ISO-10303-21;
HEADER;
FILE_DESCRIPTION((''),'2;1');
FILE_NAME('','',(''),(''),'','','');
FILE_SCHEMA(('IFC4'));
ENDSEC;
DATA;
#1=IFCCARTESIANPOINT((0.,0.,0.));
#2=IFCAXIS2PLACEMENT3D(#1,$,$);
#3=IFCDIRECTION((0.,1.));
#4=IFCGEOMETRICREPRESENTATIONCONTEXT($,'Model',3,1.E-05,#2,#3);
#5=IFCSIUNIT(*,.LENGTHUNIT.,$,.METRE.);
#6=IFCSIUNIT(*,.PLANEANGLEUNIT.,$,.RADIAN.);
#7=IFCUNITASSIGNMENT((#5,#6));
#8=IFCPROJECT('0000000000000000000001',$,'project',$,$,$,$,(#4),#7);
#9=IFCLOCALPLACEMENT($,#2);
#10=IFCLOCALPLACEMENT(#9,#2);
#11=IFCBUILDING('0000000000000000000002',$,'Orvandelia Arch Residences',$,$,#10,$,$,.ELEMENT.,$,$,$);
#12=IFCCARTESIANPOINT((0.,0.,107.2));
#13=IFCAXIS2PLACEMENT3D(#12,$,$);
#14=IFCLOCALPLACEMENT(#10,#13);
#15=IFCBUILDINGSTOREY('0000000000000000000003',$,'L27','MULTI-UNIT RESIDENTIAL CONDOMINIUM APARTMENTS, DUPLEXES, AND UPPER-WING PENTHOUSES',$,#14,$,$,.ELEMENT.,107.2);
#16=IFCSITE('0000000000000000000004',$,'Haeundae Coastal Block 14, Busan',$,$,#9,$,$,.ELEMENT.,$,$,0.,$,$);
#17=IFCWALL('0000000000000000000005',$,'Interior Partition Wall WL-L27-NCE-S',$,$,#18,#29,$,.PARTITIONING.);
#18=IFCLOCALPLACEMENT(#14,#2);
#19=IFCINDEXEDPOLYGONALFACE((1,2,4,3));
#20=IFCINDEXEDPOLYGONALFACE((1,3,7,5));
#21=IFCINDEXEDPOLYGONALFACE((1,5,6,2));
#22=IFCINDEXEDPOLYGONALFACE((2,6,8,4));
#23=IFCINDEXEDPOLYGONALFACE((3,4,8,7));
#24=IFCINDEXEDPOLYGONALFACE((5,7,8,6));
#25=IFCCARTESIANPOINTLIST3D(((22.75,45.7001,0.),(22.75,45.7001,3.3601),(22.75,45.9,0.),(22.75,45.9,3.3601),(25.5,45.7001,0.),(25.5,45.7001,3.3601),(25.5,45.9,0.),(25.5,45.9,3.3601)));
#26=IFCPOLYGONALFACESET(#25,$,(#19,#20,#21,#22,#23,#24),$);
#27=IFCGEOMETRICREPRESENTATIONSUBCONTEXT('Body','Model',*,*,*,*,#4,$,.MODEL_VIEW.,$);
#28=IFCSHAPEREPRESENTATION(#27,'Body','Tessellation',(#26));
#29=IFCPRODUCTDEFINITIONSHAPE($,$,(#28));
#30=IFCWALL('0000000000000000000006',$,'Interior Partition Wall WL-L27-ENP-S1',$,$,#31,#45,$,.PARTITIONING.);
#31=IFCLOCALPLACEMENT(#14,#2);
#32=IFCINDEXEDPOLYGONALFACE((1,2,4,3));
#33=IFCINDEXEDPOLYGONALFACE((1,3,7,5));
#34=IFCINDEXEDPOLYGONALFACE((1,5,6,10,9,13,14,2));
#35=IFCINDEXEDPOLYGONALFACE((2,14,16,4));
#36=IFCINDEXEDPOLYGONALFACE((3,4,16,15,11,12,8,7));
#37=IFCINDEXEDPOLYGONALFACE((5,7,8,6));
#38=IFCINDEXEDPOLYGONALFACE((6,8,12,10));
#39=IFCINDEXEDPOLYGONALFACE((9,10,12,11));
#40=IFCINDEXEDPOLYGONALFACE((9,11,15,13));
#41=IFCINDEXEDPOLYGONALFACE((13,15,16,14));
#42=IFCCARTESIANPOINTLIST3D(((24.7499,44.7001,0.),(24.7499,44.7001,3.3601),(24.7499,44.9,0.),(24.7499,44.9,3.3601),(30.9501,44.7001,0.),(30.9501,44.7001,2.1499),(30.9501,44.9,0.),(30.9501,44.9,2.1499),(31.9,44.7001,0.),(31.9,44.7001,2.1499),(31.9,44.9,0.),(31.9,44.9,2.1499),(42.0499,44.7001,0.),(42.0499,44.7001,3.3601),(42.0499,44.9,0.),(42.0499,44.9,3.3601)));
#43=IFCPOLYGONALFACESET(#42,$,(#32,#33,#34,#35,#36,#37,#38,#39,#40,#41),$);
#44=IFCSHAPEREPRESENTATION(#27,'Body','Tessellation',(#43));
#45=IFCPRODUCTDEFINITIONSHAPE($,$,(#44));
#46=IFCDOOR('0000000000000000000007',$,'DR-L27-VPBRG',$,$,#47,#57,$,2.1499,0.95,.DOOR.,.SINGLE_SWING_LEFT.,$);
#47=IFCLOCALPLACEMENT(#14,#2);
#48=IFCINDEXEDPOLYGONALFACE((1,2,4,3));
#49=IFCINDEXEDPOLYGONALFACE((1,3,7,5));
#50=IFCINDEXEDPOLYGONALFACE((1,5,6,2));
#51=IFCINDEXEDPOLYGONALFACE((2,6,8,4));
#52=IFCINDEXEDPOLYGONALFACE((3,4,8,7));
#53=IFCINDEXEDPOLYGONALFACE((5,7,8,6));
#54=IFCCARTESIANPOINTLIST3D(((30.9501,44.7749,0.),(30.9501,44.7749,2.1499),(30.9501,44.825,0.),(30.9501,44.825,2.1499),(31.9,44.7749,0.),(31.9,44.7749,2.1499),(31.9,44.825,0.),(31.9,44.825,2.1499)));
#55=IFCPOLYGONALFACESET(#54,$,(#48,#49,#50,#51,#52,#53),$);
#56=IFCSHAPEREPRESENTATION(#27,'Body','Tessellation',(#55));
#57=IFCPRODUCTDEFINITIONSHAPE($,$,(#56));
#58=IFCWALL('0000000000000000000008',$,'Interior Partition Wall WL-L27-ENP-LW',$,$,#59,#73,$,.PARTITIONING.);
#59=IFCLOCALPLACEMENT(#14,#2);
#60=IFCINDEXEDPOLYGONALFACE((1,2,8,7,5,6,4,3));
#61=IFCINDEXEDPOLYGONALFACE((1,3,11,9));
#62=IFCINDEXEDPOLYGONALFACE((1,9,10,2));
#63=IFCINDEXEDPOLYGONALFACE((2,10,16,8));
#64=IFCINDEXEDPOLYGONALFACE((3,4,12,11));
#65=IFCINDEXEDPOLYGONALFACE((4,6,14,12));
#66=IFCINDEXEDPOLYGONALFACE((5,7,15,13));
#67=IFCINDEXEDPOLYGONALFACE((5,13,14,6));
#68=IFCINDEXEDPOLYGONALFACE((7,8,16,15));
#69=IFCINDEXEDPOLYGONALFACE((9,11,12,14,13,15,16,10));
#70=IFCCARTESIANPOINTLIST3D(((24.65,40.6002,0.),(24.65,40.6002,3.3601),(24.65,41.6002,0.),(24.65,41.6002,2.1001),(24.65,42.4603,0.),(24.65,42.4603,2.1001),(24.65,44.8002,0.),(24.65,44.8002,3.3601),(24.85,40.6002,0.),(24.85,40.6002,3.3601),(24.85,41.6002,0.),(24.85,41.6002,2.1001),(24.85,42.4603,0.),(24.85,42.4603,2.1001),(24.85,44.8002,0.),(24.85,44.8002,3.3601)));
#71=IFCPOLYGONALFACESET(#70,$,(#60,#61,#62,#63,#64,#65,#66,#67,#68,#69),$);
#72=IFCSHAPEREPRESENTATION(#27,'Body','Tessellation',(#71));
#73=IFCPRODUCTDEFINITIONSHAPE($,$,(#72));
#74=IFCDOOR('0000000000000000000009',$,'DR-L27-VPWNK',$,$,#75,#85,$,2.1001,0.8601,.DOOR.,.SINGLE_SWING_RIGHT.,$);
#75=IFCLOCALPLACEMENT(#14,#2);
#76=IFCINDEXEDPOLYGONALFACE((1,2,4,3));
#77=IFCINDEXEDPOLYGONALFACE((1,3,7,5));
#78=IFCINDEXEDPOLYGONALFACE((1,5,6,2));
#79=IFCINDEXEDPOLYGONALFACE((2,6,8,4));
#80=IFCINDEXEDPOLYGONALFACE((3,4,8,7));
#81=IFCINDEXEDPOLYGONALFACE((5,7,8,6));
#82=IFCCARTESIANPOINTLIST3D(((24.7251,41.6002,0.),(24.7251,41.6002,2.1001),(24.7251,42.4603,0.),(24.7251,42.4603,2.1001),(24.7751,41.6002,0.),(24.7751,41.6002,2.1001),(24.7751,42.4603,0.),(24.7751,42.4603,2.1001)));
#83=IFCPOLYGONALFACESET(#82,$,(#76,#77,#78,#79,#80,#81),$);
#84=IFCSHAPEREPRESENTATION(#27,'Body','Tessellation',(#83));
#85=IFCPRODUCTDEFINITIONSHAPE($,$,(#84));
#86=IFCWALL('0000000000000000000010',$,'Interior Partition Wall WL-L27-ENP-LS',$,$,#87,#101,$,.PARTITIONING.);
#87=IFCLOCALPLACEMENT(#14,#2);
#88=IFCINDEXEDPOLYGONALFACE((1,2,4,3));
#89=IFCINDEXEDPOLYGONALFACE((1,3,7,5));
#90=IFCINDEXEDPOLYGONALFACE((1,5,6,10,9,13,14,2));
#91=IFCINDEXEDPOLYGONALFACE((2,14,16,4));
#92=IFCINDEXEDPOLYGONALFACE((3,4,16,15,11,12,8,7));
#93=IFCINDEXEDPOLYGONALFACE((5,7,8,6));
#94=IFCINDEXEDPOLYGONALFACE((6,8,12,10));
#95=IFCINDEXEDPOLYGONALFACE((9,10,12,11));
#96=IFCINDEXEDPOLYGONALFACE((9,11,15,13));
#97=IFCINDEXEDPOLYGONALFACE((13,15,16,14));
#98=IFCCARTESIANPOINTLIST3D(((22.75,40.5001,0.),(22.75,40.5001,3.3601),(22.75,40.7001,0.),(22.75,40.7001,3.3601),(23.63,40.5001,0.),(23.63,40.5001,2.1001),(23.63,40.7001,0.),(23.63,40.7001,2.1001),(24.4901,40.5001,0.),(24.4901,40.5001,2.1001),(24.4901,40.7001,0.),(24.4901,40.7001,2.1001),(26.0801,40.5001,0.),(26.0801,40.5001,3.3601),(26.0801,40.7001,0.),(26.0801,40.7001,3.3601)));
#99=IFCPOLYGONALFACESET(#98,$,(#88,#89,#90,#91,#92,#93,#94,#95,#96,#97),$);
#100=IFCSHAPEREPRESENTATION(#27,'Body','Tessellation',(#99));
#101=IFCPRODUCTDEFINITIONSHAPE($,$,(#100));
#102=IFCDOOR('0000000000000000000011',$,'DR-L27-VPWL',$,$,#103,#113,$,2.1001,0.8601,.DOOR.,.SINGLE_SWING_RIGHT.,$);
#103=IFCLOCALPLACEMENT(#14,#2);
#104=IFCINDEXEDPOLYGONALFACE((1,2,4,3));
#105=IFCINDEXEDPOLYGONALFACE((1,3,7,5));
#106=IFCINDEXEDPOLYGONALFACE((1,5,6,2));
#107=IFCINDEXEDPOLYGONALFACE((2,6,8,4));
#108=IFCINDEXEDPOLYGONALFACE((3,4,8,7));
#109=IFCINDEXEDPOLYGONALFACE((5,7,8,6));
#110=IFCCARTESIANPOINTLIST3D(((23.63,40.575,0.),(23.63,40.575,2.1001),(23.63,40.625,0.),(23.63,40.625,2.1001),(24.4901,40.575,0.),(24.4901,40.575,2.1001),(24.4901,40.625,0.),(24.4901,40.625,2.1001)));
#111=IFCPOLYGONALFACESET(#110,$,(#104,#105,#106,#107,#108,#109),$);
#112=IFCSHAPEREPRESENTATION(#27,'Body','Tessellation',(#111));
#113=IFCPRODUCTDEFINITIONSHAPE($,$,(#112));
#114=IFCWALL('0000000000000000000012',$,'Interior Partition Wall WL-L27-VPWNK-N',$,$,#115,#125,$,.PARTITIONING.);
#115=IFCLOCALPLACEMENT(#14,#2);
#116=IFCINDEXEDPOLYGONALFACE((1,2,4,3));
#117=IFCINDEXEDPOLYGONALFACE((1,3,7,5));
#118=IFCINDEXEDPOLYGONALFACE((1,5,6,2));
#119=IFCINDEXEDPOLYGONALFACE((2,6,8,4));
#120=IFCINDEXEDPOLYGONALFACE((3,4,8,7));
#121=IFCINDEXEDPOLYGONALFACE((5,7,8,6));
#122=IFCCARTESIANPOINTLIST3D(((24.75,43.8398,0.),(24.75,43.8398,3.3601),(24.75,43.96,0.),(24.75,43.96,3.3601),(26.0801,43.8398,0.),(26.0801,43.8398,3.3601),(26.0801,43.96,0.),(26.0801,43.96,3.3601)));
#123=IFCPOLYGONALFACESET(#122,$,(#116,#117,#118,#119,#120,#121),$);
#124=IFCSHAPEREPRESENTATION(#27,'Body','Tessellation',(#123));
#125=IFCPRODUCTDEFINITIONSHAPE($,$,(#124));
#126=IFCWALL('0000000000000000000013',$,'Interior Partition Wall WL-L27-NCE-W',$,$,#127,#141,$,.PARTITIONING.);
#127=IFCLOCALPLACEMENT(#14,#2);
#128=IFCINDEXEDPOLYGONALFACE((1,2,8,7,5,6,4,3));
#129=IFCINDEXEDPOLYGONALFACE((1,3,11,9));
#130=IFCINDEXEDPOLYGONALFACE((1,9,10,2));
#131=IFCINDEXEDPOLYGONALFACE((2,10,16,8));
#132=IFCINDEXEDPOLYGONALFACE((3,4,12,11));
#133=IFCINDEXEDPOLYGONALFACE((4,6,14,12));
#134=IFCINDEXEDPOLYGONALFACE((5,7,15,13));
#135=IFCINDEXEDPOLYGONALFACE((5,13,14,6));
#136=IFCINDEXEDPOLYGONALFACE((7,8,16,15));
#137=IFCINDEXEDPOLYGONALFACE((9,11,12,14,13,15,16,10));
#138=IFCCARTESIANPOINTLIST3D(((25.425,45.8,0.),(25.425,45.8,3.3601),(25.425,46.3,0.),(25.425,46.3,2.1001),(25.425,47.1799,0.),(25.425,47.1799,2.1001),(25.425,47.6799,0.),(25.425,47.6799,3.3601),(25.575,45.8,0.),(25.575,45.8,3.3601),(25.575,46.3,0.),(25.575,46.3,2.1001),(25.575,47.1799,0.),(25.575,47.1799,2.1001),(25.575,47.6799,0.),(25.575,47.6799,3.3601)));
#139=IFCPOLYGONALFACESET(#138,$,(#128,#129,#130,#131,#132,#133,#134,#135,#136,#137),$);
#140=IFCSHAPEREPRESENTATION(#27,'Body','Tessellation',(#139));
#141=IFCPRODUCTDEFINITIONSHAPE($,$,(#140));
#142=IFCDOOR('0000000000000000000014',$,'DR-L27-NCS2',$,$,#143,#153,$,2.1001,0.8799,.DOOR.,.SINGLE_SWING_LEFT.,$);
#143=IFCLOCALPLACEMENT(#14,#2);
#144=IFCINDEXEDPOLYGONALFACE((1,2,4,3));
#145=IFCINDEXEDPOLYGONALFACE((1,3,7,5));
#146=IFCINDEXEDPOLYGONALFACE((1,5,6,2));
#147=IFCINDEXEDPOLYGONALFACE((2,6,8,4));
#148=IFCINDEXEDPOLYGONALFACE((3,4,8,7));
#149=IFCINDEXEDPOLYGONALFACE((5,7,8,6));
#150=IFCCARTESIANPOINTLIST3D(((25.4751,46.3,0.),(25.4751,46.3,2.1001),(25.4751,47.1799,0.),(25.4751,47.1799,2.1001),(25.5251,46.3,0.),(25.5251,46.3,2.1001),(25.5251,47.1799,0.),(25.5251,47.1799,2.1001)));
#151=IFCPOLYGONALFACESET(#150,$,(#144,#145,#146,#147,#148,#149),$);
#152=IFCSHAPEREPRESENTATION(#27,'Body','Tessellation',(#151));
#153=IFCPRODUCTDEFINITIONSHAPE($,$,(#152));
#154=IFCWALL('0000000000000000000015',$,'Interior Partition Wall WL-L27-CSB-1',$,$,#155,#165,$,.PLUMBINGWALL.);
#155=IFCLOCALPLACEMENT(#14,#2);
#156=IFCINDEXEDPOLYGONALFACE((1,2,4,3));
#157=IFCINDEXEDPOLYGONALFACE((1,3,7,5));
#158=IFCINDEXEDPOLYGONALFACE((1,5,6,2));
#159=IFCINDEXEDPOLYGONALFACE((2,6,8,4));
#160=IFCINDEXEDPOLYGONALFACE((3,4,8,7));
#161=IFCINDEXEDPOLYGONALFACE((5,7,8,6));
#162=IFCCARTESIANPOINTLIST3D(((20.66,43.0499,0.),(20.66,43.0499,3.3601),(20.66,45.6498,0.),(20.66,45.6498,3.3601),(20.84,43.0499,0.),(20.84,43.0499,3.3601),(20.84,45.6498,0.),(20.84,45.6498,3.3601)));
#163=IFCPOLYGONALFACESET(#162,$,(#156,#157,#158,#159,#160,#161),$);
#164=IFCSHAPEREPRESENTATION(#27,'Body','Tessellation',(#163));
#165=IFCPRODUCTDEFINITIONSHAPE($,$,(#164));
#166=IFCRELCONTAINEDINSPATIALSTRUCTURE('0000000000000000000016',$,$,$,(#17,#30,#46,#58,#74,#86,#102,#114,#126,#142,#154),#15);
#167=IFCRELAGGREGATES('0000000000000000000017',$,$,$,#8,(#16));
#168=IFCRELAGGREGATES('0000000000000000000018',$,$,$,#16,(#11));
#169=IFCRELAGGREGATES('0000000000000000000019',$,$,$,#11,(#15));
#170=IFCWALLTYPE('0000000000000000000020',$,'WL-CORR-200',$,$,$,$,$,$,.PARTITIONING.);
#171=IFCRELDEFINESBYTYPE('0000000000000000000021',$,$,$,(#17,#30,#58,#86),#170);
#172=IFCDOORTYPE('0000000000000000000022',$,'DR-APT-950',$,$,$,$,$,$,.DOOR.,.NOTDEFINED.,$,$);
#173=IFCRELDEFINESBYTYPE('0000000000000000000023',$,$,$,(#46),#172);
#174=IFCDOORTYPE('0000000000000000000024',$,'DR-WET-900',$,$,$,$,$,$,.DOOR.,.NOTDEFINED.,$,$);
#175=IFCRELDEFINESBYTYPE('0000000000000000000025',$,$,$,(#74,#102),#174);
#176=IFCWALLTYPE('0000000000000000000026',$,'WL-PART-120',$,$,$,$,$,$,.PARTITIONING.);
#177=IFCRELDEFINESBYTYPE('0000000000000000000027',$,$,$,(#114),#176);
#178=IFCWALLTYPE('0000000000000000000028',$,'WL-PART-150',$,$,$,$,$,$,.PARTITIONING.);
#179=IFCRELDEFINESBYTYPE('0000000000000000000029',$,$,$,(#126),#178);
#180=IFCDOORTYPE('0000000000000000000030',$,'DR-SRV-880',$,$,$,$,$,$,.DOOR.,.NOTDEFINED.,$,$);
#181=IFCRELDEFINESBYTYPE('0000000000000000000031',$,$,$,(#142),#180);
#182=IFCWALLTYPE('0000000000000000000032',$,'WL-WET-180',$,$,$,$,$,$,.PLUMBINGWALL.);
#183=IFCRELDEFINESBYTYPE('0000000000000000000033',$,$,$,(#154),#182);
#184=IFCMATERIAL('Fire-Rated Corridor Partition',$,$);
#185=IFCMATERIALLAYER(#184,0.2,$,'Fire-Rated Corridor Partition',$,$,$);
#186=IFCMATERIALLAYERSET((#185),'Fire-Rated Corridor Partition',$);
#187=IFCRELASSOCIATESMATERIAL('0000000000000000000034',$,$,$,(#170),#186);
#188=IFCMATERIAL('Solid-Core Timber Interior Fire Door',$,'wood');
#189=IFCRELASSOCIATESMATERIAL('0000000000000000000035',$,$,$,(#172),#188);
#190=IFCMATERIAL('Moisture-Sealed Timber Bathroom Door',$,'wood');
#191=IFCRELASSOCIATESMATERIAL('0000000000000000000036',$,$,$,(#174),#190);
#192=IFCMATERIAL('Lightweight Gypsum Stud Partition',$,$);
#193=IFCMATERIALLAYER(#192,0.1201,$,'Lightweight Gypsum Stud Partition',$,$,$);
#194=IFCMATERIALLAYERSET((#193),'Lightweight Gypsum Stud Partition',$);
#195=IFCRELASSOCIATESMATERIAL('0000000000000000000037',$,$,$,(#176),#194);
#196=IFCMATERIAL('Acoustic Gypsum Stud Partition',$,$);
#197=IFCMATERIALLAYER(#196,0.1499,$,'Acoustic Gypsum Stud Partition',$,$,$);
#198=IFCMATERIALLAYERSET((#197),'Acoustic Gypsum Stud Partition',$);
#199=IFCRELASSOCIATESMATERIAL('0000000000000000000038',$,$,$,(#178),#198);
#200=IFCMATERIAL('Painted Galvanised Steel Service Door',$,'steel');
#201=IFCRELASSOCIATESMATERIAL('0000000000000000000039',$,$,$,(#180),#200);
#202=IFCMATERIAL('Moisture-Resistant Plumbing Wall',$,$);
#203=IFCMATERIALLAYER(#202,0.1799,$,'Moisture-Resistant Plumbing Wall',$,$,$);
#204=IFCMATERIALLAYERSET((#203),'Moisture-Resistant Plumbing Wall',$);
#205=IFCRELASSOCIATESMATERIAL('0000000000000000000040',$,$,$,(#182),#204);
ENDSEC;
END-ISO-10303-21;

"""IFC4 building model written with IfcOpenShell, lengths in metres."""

from ifc_helpers import new_model, si_unit, direction, frame, frame_2d, origin, place, context, subcontext, project, spatial, rectangle, extrude, material, layer, layer_set, type_object, element, fill, save


model = new_model("IFC4")

# Units and contexts
model_context = context("Model", 3, precision=1e-05, world=origin(), true_north=direction((0.0, 1.0)))
body_context = subcontext(model_context, "Body", "Model", "MODEL_VIEW")
ifc_project = project(units=[si_unit("LENGTHUNIT", "METRE"), si_unit("PLANEANGLEUNIT", "RADIAN")], contexts=[model_context])

# Site, building, storey
site_placement = place(None, origin())
site = spatial("IfcSite", under=ifc_project, at=site_placement, Name="Haeundae Coastal Block 14, Busan", CompositionType="ELEMENT", RefElevation=0.0)
building_placement = place(site_placement, origin())
building = spatial("IfcBuilding", under=site, at=building_placement, Name="Orvandelia Arch Residences", CompositionType="ELEMENT")
storey_placement = place(building_placement, frame((0.0, 0.0, 107.2)))
storey = spatial("IfcBuildingStorey", under=building, at=storey_placement, Name="L27", Description="MULTI-UNIT RESIDENTIAL CONDOMINIUM APARTMENTS, DUPLEXES, AND UPPER-WING PENTHOUSES", CompositionType="ELEMENT", Elevation=107.2)

# Wall
ifc_material_1 = material(Name="Fire-Rated Corridor Partition")
ifc_layer_1 = layer(ifc_material_1, 0.2, Name="Fire-Rated Corridor Partition")
ifc_layer_set_1 = layer_set([ifc_layer_1], Name="Fire-Rated Corridor Partition")
wall_type_1 = type_object("IfcWallType", Name="WL-CORR-200", PredefinedType="PARTITIONING", material=ifc_layer_set_1)
wall_1_placement = place(storey_placement, frame((22.75, 45.8, 0.0), z_axis=(0.0, 0.0, 1.0), x_axis=(1.0, 0.0, 0.0)))
element("IfcWall", 1, at=wall_1_placement, inside=storey, type_object=wall_type_1, Name="Interior Partition Wall WL-L27-NCE-S", PredefinedType="PARTITIONING", context=body_context, shape_type="SweptSolid", body=[
    extrude(rectangle(XDim=2.75, YDim=0.2, at=frame_2d((1.375, 0.0))), origin(), (0.0, 0.0, 1.0), 3.3601),
])

# Walls, openings, doors
wall_2_placement = place(storey_placement, frame((24.75, 44.8, 0.0), z_axis=(0.0, 0.0, 1.0), x_axis=(1.0, 0.0, 0.0)))
wall_2 = element("IfcWall", 2, at=wall_2_placement, inside=storey, type_object=wall_type_1, Name="Interior Partition Wall WL-L27-ENP-S1", PredefinedType="PARTITIONING", context=body_context, shape_type="SweptSolid", body=[
    extrude(rectangle(XDim=17.3, YDim=0.2, at=frame_2d((8.6499, 0.0))), origin(), (0.0, 0.0, 1.0), 3.3601),
])
opening_1_placement = place(wall_2_placement, frame((6.2, 0.0, 0.0)))
opening_1 = element("IfcOpeningElement", 3, at=opening_1_placement, cuts=wall_2, PredefinedType="OPENING", context=body_context, shape_type="SweptSolid", body=[
    extrude(rectangle(XDim=0.95, YDim=2.1499, at=frame_2d((0.4751, 1.075))), frame((0.0, 0.1099, 0.0), z_axis=(0.0, -1.0, 0.0), x_axis=(1.0, 0.0, 0.0)), (0.0, 0.0, 1.0), 0.22),
])
ifc_material_2 = material(Name="Solid-Core Timber Interior Fire Door", Category="wood")
door_type_1 = type_object("IfcDoorType", Name="DR-APT-950", OperationType="NOTDEFINED", PredefinedType="DOOR", material=ifc_material_2)
door_1_placement = place(opening_1_placement, origin())
door_1 = element("IfcDoor", 4, at=door_1_placement, inside=storey, type_object=door_type_1, Name="DR-L27-VPBRG", OperationType="SINGLE_SWING_LEFT", OverallHeight=2.1499, OverallWidth=0.95, PredefinedType="DOOR", context=body_context, shape_type="SweptSolid", body=[
    extrude(rectangle(XDim=0.95, YDim=2.1499, at=frame_2d((0.4751, 1.075))), frame((0.0, 0.0249, 0.0), z_axis=(0.0, -1.0, 0.0), x_axis=(1.0, 0.0, 0.0)), (0.0, 0.0, 1.0), 0.05),
])
fill(opening_1, door_1)
wall_3_placement = place(storey_placement, frame((24.75, 40.6001, 0.0), z_axis=(0.0, 0.0, 1.0), x_axis=(0.0, 1.0, 0.0)))
wall_3 = element("IfcWall", 5, at=wall_3_placement, inside=storey, type_object=wall_type_1, Name="Interior Partition Wall WL-L27-ENP-LW", PredefinedType="PARTITIONING", context=body_context, shape_type="SweptSolid", body=[
    extrude(rectangle(XDim=4.2, YDim=0.2, at=frame_2d((2.1001, 0.0))), origin(), (0.0, 0.0, 1.0), 3.3601),
])
opening_2_placement = place(wall_3_placement, frame((1.0, 0.0, 0.0)))
opening_2 = element("IfcOpeningElement", 6, at=opening_2_placement, cuts=wall_3, PredefinedType="OPENING", context=body_context, shape_type="SweptSolid", body=[
    extrude(rectangle(XDim=0.8601, YDim=2.1001, at=frame_2d((0.4302, 1.05))), frame((0.0, 0.1099, 0.0), z_axis=(0.0, -1.0, 0.0), x_axis=(1.0, 0.0, 0.0)), (0.0, 0.0, 1.0), 0.22),
])
ifc_material_3 = material(Name="Moisture-Sealed Timber Bathroom Door", Category="wood")
door_type_2 = type_object("IfcDoorType", Name="DR-WET-900", OperationType="NOTDEFINED", PredefinedType="DOOR", material=ifc_material_3)
door_2_placement = place(opening_2_placement, origin())
door_2 = element("IfcDoor", 7, at=door_2_placement, inside=storey, type_object=door_type_2, Name="DR-L27-VPWNK", OperationType="SINGLE_SWING_RIGHT", OverallHeight=2.1001, OverallWidth=0.8601, PredefinedType="DOOR", context=body_context, shape_type="SweptSolid", body=[
    extrude(rectangle(XDim=0.8601, YDim=2.1001, at=frame_2d((0.4302, 1.05))), frame((0.0, 0.0249, 0.0), z_axis=(0.0, -1.0, 0.0), x_axis=(1.0, 0.0, 0.0)), (0.0, 0.0, 1.0), 0.05),
])
fill(opening_2, door_2)
wall_4_placement = place(storey_placement, frame((22.75, 40.6001, 0.0), z_axis=(0.0, 0.0, 1.0), x_axis=(1.0, 0.0, 0.0)))
wall_4 = element("IfcWall", 8, at=wall_4_placement, inside=storey, type_object=wall_type_1, Name="Interior Partition Wall WL-L27-ENP-LS", PredefinedType="PARTITIONING", context=body_context, shape_type="SweptSolid", body=[
    extrude(rectangle(XDim=3.3301, YDim=0.2, at=frame_2d((1.665, 0.0))), origin(), (0.0, 0.0, 1.0), 3.3601),
])
opening_3_placement = place(wall_4_placement, frame((0.8799, 0.0, 0.0)))
opening_3 = element("IfcOpeningElement", 9, at=opening_3_placement, cuts=wall_4, PredefinedType="OPENING", context=body_context, shape_type="SweptSolid", body=[
    extrude(rectangle(XDim=0.8601, YDim=2.1001, at=frame_2d((0.4302, 1.05))), frame((0.0, 0.1099, 0.0), z_axis=(0.0, -1.0, 0.0), x_axis=(1.0, 0.0, 0.0)), (0.0, 0.0, 1.0), 0.22),
])
door_3_placement = place(opening_3_placement, origin())
door_3 = element("IfcDoor", 10, at=door_3_placement, inside=storey, type_object=door_type_2, Name="DR-L27-VPWL", OperationType="SINGLE_SWING_RIGHT", OverallHeight=2.1001, OverallWidth=0.8601, PredefinedType="DOOR", context=body_context, shape_type="SweptSolid", body=[
    extrude(rectangle(XDim=0.8601, YDim=2.1001, at=frame_2d((0.4302, 1.05))), frame((0.0, 0.0249, 0.0), z_axis=(0.0, -1.0, 0.0), x_axis=(1.0, 0.0, 0.0)), (0.0, 0.0, 1.0), 0.05),
])
fill(opening_3, door_3)

# Wall
ifc_material_4 = material(Name="Lightweight Gypsum Stud Partition")
ifc_layer_2 = layer(ifc_material_4, 0.1201, Name="Lightweight Gypsum Stud Partition")
ifc_layer_set_2 = layer_set([ifc_layer_2], Name="Lightweight Gypsum Stud Partition")
wall_type_2 = type_object("IfcWallType", Name="WL-PART-120", PredefinedType="PARTITIONING", material=ifc_layer_set_2)
wall_5_placement = place(storey_placement, frame((24.75, 43.8999, 0.0), z_axis=(0.0, 0.0, 1.0), x_axis=(1.0, 0.0, 0.0)))
element("IfcWall", 11, at=wall_5_placement, inside=storey, type_object=wall_type_2, Name="Interior Partition Wall WL-L27-VPWNK-N", PredefinedType="PARTITIONING", context=body_context, shape_type="SweptSolid", body=[
    extrude(rectangle(XDim=1.3301, YDim=0.1201, at=frame_2d((0.665, 0.0))), origin(), (0.0, 0.0, 1.0), 3.3601),
])

# Wall, opening, door
ifc_material_5 = material(Name="Acoustic Gypsum Stud Partition")
ifc_layer_3 = layer(ifc_material_5, 0.1499, Name="Acoustic Gypsum Stud Partition")
ifc_layer_set_3 = layer_set([ifc_layer_3], Name="Acoustic Gypsum Stud Partition")
wall_type_3 = type_object("IfcWallType", Name="WL-PART-150", PredefinedType="PARTITIONING", material=ifc_layer_set_3)
wall_6_placement = place(storey_placement, frame((25.5, 45.8, 0.0), z_axis=(0.0, 0.0, 1.0), x_axis=(0.0, 1.0, 0.0)))
wall_6 = element("IfcWall", 12, at=wall_6_placement, inside=storey, type_object=wall_type_3, Name="Interior Partition Wall WL-L27-NCE-W", PredefinedType="PARTITIONING", context=body_context, shape_type="SweptSolid", body=[
    extrude(rectangle(XDim=1.8799, YDim=0.1499, at=frame_2d((0.9399, 0.0))), origin(), (0.0, 0.0, 1.0), 3.3601),
])
opening_4_placement = place(wall_6_placement, frame((0.5, 0.0, 0.0)))
opening_4 = element("IfcOpeningElement", 13, at=opening_4_placement, cuts=wall_6, PredefinedType="OPENING", context=body_context, shape_type="SweptSolid", body=[
    extrude(rectangle(XDim=0.8799, YDim=2.1001, at=frame_2d((0.4399, 1.05))), frame((0.0, 0.085, 0.0), z_axis=(0.0, -1.0, 0.0), x_axis=(1.0, 0.0, 0.0)), (0.0, 0.0, 1.0), 0.1699),
])
ifc_material_6 = material(Name="Painted Galvanised Steel Service Door", Category="steel")
door_type_3 = type_object("IfcDoorType", Name="DR-SRV-880", OperationType="NOTDEFINED", PredefinedType="DOOR", material=ifc_material_6)
door_4_placement = place(opening_4_placement, origin())
door_4 = element("IfcDoor", 14, at=door_4_placement, inside=storey, type_object=door_type_3, Name="DR-L27-NCS2", OperationType="SINGLE_SWING_LEFT", OverallHeight=2.1001, OverallWidth=0.8799, PredefinedType="DOOR", context=body_context, shape_type="SweptSolid", body=[
    extrude(rectangle(XDim=0.8799, YDim=2.1001, at=frame_2d((0.4399, 1.05))), frame((0.0, 0.0249, 0.0), z_axis=(0.0, -1.0, 0.0), x_axis=(1.0, 0.0, 0.0)), (0.0, 0.0, 1.0), 0.05),
])
fill(opening_4, door_4)

# Wall
ifc_material_7 = material(Name="Moisture-Resistant Plumbing Wall")
ifc_layer_4 = layer(ifc_material_7, 0.1799, Name="Moisture-Resistant Plumbing Wall")
ifc_layer_set_4 = layer_set([ifc_layer_4], Name="Moisture-Resistant Plumbing Wall")
wall_type_4 = type_object("IfcWallType", Name="WL-WET-180", PredefinedType="PLUMBINGWALL", material=ifc_layer_set_4)
wall_7_placement = place(storey_placement, frame((20.75, 43.05, 0.0), z_axis=(0.0, 0.0, 1.0), x_axis=(0.0, 1.0, 0.0)))
element("IfcWall", 15, at=wall_7_placement, inside=storey, type_object=wall_type_4, Name="Interior Partition Wall WL-L27-CSB-1", PredefinedType="PLUMBINGWALL", context=body_context, shape_type="SweptSolid", body=[
    extrude(rectangle(XDim=2.5999, YDim=0.1799, at=frame_2d((1.2998, 0.0))), origin(), (0.0, 0.0, 1.0), 3.3601),
])

save(model, "model.ifc")
